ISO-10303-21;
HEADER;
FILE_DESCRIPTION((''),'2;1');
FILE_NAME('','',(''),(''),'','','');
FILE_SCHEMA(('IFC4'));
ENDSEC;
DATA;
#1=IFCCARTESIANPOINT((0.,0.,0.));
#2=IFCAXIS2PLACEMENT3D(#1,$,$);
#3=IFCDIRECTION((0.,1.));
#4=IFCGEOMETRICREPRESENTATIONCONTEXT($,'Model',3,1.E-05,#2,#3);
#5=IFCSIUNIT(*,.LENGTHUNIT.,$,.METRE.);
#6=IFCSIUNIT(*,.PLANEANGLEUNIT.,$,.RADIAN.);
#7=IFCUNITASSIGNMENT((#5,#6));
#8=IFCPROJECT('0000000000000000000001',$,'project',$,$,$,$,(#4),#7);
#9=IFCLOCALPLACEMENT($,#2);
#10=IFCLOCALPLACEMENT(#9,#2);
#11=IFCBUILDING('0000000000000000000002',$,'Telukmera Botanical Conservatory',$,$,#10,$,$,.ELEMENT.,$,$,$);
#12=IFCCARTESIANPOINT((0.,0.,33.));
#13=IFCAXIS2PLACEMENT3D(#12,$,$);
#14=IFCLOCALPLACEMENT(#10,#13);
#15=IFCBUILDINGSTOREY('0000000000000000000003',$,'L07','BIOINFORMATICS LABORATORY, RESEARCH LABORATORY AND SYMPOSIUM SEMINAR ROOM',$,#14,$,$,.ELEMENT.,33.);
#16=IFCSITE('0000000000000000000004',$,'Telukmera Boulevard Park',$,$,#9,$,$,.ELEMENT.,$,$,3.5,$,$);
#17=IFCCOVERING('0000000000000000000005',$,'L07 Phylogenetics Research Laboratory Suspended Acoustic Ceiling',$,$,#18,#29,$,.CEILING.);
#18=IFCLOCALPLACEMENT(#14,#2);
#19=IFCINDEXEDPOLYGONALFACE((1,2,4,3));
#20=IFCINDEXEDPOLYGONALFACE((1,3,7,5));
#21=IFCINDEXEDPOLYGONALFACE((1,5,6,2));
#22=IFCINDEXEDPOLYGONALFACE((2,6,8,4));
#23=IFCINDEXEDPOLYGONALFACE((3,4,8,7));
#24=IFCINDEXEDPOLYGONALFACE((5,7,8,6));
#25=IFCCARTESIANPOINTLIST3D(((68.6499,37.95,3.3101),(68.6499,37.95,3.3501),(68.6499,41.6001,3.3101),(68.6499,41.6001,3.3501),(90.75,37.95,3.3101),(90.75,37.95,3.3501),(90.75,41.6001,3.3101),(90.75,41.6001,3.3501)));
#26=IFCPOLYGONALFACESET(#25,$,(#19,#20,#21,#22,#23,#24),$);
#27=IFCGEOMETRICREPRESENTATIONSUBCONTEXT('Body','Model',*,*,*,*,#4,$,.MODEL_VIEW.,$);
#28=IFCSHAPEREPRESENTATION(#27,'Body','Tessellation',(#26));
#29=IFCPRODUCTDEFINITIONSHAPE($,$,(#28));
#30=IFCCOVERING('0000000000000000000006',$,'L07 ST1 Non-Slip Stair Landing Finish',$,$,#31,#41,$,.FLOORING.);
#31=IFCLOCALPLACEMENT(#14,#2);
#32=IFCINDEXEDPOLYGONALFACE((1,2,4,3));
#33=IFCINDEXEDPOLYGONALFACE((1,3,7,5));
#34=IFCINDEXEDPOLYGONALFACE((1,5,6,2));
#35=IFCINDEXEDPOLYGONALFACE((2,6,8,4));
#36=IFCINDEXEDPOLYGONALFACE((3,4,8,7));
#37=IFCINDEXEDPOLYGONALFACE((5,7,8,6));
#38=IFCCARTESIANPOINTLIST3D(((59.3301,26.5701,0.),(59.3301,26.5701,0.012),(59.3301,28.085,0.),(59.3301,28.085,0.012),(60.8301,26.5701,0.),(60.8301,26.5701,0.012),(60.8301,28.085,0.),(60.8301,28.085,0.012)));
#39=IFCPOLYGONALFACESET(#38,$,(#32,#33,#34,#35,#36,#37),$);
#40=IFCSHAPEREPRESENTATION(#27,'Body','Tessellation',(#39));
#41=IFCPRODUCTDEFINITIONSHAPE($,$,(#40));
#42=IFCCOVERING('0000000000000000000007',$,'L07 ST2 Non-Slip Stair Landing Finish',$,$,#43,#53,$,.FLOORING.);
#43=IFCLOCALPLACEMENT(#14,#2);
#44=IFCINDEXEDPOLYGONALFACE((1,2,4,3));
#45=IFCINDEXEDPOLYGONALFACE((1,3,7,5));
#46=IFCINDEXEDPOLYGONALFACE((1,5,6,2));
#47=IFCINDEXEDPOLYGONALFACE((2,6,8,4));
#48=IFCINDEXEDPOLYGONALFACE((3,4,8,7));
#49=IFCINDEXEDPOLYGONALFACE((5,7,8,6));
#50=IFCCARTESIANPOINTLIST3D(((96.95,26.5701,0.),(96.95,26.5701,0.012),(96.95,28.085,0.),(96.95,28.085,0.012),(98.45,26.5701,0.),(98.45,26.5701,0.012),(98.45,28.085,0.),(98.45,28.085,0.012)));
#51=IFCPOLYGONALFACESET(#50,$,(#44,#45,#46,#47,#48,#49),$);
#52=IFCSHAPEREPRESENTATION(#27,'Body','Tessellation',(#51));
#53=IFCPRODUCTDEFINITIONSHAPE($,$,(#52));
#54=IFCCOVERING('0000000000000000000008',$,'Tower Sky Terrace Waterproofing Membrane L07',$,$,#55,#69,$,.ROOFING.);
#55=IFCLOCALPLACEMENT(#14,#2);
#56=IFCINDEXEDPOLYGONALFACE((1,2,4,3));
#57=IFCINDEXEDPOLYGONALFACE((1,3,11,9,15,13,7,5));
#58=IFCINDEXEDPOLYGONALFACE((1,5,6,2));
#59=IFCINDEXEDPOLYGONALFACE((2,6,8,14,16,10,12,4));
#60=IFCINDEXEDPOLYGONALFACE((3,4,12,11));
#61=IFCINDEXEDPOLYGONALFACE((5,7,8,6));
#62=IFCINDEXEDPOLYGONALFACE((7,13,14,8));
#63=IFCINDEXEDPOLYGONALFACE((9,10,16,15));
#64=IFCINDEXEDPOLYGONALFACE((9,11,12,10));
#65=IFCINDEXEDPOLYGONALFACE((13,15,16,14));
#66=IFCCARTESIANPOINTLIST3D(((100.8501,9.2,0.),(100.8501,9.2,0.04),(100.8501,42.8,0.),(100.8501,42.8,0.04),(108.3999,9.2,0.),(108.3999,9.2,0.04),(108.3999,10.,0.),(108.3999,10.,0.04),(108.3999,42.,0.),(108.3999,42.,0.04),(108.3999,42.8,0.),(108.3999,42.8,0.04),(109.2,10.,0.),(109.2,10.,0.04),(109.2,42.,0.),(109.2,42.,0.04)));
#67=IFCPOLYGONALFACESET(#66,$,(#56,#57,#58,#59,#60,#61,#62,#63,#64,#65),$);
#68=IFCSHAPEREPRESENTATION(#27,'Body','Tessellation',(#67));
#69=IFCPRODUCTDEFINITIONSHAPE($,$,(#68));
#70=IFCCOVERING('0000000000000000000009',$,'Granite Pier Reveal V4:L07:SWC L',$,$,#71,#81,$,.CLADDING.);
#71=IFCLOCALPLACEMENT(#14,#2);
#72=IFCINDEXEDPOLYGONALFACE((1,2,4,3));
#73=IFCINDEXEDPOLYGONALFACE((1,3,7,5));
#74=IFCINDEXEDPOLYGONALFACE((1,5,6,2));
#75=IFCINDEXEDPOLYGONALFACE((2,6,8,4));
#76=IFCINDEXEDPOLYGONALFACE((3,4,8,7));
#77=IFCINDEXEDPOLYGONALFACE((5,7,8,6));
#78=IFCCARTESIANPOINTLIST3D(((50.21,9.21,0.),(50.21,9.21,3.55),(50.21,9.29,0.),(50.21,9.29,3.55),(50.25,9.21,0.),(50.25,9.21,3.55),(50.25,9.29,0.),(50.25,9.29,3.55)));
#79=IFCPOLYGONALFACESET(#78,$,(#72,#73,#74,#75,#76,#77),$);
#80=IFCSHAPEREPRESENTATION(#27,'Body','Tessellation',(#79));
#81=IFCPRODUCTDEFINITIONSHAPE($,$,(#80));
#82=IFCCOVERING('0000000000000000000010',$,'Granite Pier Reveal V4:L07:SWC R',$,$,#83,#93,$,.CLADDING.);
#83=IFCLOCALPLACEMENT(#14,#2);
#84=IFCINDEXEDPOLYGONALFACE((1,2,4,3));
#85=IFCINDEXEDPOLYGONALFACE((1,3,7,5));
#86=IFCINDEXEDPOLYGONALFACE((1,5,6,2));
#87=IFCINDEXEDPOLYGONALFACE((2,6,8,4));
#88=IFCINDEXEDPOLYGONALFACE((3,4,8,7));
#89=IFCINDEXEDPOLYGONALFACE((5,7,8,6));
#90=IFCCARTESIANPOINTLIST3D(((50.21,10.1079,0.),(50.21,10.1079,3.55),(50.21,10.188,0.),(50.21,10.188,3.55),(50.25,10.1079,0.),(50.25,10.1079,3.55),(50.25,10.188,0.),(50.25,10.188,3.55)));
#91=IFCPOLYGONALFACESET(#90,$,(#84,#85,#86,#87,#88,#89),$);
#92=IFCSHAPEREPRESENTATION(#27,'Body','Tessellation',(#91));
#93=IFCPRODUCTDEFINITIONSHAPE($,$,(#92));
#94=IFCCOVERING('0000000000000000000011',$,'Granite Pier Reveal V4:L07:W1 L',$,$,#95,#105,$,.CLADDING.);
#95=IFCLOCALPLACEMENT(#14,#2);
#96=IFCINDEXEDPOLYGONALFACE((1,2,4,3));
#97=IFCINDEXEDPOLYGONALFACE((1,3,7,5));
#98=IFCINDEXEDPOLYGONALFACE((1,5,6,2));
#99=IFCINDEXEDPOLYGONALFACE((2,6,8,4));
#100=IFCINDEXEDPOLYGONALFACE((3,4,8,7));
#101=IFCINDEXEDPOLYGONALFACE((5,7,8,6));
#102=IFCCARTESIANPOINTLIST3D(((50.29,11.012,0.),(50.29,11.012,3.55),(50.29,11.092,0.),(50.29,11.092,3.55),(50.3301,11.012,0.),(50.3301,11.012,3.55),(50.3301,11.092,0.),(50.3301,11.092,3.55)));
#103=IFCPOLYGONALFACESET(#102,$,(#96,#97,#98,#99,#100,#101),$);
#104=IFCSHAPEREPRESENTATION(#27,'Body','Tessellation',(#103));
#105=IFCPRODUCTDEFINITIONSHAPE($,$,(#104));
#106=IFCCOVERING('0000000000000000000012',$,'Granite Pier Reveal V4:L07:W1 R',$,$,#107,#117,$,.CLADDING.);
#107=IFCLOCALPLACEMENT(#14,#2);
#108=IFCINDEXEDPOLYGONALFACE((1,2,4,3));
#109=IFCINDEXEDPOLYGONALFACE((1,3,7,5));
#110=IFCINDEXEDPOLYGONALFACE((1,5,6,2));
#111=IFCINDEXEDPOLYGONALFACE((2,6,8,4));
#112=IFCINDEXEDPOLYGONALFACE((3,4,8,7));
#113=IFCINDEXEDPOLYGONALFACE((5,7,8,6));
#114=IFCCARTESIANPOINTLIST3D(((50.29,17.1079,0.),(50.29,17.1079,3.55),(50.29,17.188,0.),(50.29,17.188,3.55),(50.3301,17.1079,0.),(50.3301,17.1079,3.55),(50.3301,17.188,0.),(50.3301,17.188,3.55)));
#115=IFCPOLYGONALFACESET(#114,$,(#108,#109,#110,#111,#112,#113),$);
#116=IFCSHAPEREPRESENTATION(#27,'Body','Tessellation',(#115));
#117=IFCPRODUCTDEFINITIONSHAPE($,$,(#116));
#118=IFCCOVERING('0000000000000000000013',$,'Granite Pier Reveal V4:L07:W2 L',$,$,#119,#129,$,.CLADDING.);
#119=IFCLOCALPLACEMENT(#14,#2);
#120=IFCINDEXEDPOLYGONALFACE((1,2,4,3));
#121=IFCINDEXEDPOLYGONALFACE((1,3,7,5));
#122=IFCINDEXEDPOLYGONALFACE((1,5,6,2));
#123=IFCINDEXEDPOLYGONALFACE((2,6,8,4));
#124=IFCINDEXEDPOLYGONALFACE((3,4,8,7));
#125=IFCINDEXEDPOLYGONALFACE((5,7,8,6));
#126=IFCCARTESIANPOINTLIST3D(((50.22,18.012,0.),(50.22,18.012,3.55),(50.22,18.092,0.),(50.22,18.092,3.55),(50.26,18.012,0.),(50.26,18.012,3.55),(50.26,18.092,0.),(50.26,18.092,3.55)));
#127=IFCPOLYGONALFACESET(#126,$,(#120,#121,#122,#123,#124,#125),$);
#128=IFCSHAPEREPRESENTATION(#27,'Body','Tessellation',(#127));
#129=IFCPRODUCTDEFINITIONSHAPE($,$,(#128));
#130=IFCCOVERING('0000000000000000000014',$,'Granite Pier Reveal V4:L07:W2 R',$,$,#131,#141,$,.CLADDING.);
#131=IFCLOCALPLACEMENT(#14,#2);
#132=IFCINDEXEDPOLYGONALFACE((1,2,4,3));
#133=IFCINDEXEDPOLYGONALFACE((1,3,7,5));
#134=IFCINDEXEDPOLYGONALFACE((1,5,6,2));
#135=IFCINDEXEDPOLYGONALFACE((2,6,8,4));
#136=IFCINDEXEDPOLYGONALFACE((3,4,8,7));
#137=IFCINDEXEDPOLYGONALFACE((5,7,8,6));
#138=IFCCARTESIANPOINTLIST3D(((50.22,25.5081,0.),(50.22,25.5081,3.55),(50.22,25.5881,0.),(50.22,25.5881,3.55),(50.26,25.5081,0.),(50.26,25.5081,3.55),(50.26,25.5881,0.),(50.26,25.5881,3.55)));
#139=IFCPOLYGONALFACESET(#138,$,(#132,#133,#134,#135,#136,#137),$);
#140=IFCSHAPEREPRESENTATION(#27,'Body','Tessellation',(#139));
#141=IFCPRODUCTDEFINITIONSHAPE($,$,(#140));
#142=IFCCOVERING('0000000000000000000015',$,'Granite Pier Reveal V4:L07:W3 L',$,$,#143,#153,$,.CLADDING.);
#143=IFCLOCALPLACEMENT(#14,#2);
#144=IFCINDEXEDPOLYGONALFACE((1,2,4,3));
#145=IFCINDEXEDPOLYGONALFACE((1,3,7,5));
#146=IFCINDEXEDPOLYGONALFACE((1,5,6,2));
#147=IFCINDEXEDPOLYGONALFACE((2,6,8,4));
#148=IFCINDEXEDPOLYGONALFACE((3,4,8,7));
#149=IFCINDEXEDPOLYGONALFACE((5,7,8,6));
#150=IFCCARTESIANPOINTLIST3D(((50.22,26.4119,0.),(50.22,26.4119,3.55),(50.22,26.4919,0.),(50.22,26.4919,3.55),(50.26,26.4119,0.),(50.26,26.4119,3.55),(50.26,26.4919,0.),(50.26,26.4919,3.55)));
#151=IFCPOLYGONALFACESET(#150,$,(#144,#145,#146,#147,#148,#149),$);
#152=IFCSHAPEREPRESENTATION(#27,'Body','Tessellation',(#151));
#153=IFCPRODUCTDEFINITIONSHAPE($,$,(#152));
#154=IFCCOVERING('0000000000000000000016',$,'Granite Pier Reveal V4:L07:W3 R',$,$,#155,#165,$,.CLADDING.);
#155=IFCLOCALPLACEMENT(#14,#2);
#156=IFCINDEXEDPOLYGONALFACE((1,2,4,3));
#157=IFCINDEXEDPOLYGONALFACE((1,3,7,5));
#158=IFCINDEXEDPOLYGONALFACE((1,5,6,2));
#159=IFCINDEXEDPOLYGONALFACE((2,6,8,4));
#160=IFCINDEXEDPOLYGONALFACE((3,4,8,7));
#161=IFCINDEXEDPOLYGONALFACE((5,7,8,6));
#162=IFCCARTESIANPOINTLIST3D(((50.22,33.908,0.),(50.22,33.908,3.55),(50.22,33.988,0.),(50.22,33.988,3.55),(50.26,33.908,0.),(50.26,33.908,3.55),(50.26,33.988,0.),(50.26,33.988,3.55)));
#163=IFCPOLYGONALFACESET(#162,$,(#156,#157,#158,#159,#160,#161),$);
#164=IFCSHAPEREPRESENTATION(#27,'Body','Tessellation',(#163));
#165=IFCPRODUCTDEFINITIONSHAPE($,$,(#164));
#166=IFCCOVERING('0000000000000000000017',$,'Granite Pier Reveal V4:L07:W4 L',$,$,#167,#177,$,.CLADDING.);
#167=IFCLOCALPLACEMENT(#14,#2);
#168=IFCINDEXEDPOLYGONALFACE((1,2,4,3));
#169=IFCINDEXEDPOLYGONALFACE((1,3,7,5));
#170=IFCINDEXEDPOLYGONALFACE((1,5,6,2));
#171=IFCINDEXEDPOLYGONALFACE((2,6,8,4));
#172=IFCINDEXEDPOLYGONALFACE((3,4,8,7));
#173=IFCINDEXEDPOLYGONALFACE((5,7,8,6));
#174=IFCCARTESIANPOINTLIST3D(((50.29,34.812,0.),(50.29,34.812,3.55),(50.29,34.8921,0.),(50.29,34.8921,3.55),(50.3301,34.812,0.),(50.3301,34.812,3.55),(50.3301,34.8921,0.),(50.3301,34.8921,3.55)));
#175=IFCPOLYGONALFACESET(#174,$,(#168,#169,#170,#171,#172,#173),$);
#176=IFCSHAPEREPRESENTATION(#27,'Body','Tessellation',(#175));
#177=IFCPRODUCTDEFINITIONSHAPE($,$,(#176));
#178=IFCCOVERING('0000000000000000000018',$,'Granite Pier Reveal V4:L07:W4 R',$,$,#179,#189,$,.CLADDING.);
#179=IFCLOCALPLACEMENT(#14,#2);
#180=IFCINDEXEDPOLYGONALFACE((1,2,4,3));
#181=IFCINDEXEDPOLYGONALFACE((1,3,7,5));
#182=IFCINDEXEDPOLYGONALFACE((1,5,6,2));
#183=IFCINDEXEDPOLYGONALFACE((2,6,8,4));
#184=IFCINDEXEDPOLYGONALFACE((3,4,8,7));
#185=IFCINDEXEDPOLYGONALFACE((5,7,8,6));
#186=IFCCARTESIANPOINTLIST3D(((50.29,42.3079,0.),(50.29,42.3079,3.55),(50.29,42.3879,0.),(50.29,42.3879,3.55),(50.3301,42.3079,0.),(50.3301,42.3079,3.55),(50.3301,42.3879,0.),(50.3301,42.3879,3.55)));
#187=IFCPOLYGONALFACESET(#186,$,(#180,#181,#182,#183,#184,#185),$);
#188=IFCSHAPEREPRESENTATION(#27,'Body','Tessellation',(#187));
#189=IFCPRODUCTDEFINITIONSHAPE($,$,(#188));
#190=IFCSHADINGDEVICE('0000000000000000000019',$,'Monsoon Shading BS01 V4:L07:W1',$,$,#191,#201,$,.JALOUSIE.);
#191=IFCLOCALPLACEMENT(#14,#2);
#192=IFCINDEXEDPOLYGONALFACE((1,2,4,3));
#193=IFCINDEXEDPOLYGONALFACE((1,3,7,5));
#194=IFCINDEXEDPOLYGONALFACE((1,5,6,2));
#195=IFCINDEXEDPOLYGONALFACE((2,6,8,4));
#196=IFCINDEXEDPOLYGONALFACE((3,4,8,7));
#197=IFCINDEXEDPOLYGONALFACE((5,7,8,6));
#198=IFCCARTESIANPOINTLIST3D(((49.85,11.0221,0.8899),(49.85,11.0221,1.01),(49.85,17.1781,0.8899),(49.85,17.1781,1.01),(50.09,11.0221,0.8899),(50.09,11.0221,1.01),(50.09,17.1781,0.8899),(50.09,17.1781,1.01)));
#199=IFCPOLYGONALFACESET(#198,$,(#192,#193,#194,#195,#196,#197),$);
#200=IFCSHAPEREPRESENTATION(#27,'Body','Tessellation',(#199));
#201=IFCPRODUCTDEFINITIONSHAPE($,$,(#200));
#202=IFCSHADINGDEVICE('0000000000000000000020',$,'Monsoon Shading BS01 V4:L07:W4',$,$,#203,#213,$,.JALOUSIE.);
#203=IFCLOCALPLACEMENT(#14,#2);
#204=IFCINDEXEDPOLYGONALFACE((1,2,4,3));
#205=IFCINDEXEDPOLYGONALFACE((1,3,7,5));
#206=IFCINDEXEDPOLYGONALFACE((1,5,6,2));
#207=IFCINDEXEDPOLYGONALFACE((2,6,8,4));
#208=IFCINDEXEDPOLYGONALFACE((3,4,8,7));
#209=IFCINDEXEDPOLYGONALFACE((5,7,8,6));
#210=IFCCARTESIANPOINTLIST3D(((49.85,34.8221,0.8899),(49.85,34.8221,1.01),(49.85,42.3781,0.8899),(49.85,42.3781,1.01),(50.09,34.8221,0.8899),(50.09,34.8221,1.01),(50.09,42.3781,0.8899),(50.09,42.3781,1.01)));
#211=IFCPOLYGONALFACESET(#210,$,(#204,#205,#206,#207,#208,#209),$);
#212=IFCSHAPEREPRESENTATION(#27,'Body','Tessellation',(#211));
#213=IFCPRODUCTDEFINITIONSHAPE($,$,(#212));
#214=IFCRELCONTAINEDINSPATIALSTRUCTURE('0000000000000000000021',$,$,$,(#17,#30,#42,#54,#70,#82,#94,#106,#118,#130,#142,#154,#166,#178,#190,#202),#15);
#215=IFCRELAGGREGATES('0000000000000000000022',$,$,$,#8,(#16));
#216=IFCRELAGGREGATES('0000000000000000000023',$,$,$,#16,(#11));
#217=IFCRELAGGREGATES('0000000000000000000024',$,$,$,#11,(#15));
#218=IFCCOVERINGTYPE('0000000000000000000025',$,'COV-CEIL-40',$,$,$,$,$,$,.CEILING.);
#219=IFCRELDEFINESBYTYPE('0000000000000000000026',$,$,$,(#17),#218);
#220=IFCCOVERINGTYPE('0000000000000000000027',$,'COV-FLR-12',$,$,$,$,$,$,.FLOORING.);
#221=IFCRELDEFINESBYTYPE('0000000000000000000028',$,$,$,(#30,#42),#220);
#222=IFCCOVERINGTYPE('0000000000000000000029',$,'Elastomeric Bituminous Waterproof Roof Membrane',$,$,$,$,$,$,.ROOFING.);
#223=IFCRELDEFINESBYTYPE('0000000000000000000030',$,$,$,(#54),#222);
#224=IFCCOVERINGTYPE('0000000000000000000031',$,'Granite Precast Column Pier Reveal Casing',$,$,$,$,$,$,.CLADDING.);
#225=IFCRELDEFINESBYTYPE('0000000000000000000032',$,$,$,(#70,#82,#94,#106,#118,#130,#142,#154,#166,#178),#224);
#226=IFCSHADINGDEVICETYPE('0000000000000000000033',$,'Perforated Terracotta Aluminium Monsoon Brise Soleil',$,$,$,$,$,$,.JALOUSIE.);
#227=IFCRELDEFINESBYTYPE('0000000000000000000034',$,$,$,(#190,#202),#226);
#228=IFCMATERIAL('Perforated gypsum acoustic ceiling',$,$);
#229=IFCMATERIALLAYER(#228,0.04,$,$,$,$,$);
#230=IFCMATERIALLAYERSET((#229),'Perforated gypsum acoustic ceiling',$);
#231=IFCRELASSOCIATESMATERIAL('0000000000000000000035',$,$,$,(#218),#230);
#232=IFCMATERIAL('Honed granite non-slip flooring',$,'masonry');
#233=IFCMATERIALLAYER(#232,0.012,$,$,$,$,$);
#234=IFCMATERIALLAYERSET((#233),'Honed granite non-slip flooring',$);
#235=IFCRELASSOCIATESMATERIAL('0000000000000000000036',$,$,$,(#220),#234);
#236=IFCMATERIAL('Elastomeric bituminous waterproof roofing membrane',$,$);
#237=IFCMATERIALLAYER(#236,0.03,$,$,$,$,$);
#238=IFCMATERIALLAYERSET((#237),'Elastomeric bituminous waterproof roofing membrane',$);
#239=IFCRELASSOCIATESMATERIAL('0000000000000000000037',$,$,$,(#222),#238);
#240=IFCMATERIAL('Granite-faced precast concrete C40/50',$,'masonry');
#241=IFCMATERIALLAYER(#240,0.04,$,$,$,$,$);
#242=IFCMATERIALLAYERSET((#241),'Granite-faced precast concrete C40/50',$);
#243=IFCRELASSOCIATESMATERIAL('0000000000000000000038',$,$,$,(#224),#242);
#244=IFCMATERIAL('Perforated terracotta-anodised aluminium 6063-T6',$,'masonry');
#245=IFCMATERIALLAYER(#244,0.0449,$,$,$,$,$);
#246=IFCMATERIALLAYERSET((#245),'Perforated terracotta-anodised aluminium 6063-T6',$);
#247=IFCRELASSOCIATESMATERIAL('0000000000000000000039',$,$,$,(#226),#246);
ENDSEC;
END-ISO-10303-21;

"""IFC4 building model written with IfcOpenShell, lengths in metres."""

from ifc_helpers import new_model, si_unit, direction, frame, origin, origin_2d, place, context, subcontext, project, spatial, polyline, rectangle, outline, extrude, material, layer, layer_set, type_object, element, save


model = new_model("IFC4")

# Units and contexts
model_context = context("Model", 3, precision=1e-05, world=origin(), true_north=direction((0.0, 1.0)))
body_context = subcontext(model_context, "Body", "Model", "MODEL_VIEW")
ifc_project = project(units=[si_unit("LENGTHUNIT", "METRE"), si_unit("PLANEANGLEUNIT", "RADIAN")], contexts=[model_context])

# Site, building, storey
site_placement = place(None, origin())
site = spatial("IfcSite", under=ifc_project, at=site_placement, Name="Telukmera Boulevard Park", CompositionType="ELEMENT", RefElevation=3.5)
building_placement = place(site_placement, origin())
building = spatial("IfcBuilding", under=site, at=building_placement, Name="Telukmera Botanical Conservatory", CompositionType="ELEMENT")
storey_placement = place(building_placement, frame((0.0, 0.0, 33.0)))
storey = spatial("IfcBuildingStorey", under=building, at=storey_placement, Name="L07", Description="BIOINFORMATICS LABORATORY, RESEARCH LABORATORY AND SYMPOSIUM SEMINAR ROOM", CompositionType="ELEMENT", Elevation=33.0)

# Coverings
ifc_material_1 = material(Name="Perforated gypsum acoustic ceiling")
ifc_layer_1 = layer(ifc_material_1, 0.04)
ifc_layer_set_1 = layer_set([ifc_layer_1], Name="Perforated gypsum acoustic ceiling")
covering_type_1 = type_object("IfcCoveringType", Name="COV-CEIL-40", PredefinedType="CEILING", material=ifc_layer_set_1)
covering_1_placement = place(storey_placement, frame((0.0, 0.0, 3.3101)))
element("IfcCovering", 1, at=covering_1_placement, inside=storey, type_object=covering_type_1, Name="L07 Phylogenetics Research Laboratory Suspended Acoustic Ceiling", PredefinedType="CEILING", context=body_context, shape_type="SweptSolid", body=[
    extrude(outline(polyline([(68.6499, 37.95), (90.75, 37.95), (90.75, 41.6001), (68.6499, 41.6001), (68.6499, 37.95)])), origin(), (0.0, 0.0, 1.0), 0.04),
])
ifc_material_2 = material(Name="Honed granite non-slip flooring", Category="masonry")
ifc_layer_2 = layer(ifc_material_2, 0.012)
ifc_layer_set_2 = layer_set([ifc_layer_2], Name="Honed granite non-slip flooring")
covering_type_2 = type_object("IfcCoveringType", Name="COV-FLR-12", PredefinedType="FLOORING", material=ifc_layer_set_2)
covering_2_placement = place(storey_placement, origin())
element("IfcCovering", 2, at=covering_2_placement, inside=storey, type_object=covering_type_2, Name="L07 ST1 Non-Slip Stair Landing Finish", PredefinedType="FLOORING", context=body_context, shape_type="SweptSolid", body=[
    extrude(outline(polyline([(60.8301, 26.5701), (60.8301, 28.085), (59.3301, 28.085), (59.3301, 26.5701), (60.8301, 26.5701)])), origin(), (0.0, 0.0, 1.0), 0.012),
])
covering_3_placement = place(storey_placement, origin())
element("IfcCovering", 3, at=covering_3_placement, inside=storey, type_object=covering_type_2, Name="L07 ST2 Non-Slip Stair Landing Finish", PredefinedType="FLOORING", context=body_context, shape_type="SweptSolid", body=[
    extrude(outline(polyline([(98.45, 26.5701), (98.45, 28.085), (96.95, 28.085), (96.95, 26.5701), (98.45, 26.5701)])), origin(), (0.0, 0.0, 1.0), 0.012),
])
ifc_material_3 = material(Name="Elastomeric bituminous waterproof roofing membrane")
ifc_layer_3 = layer(ifc_material_3, 0.03)
ifc_layer_set_3 = layer_set([ifc_layer_3], Name="Elastomeric bituminous waterproof roofing membrane")
covering_type_3 = type_object("IfcCoveringType", Name="Elastomeric Bituminous Waterproof Roof Membrane", PredefinedType="ROOFING", material=ifc_layer_set_3)
covering_4_placement = place(storey_placement, origin())
element("IfcCovering", 4, at=covering_4_placement, inside=storey, type_object=covering_type_3, Name="Tower Sky Terrace Waterproofing Membrane L07", PredefinedType="ROOFING", context=body_context, shape_type="SweptSolid", body=[
    extrude(outline(polyline([(100.8501, 9.2), (108.3999, 9.2), (108.3999, 10.0), (109.2, 10.0), (109.2, 42.0), (108.3999, 42.0), (108.3999, 42.8), (100.8501, 42.8), (100.8501, 9.2)])), origin(), (0.0, 0.0, 1.0), 0.04),
])
ifc_material_4 = material(Name="Granite-faced precast concrete C40/50", Category="masonry")
ifc_layer_4 = layer(ifc_material_4, 0.04)
ifc_layer_set_4 = layer_set([ifc_layer_4], Name="Granite-faced precast concrete C40/50")
covering_type_4 = type_object("IfcCoveringType", Name="Granite Precast Column Pier Reveal Casing", PredefinedType="CLADDING", material=ifc_layer_set_4)
for number, where, z_axis, x_axis, name in (
    (5, (50.23, 9.25, 0.0), (0.0, 0.0, 1.0), (0.0, 1.0, 0.0), "Granite Pier Reveal V4:L07:SWC L"),
    (6, (50.23, 10.1479, 0.0), (0.0, 0.0, 1.0), (0.0, 1.0, 0.0), "Granite Pier Reveal V4:L07:SWC R"),
    (7, (50.3101, 11.052, 0.0), (0.0, 0.0, 1.0), (0.0, 1.0, 0.0), "Granite Pier Reveal V4:L07:W1 L"),
    (8, (50.3101, 17.1479, 0.0), (0.0, 0.0, 1.0), (0.0, 1.0, 0.0), "Granite Pier Reveal V4:L07:W1 R"),
    (9, (50.24, 18.052, 0.0), (0.0, 0.0, 1.0), (0.0, 1.0, 0.0), "Granite Pier Reveal V4:L07:W2 L"),
    (10, (50.24, 25.5481, 0.0), (0.0, 0.0, 1.0), (0.0, 1.0, 0.0), "Granite Pier Reveal V4:L07:W2 R"),
    (11, (50.24, 26.4519, 0.0), (0.0, 0.0, 1.0), (0.0, 1.0, 0.0), "Granite Pier Reveal V4:L07:W3 L"),
    (12, (50.24, 33.948, 0.0), (0.0, 0.0, 1.0), (0.0, 1.0, 0.0), "Granite Pier Reveal V4:L07:W3 R"),
    (13, (50.3101, 34.8521, 0.0), (0.0, 0.0, 1.0), (0.0, 1.0, 0.0), "Granite Pier Reveal V4:L07:W4 L"),
    (14, (50.3101, 42.3479, 0.0), (0.0, 0.0, 1.0), (0.0, 1.0, 0.0), "Granite Pier Reveal V4:L07:W4 R"),
):
    element("IfcCovering", number, at=place(storey_placement, frame(where, z_axis=z_axis, x_axis=x_axis)), inside=storey, type_object=covering_type_4, Name=name, PredefinedType="CLADDING", context=body_context, shape_type="SweptSolid", body=[
        extrude(rectangle(XDim=0.0801, YDim=0.04, at=origin_2d()), origin(), (0.0, 0.0, 1.0), 3.55),
    ])

# Shading devices
ifc_material_5 = material(Name="Perforated terracotta-anodised aluminium 6063-T6", Category="masonry")
ifc_layer_5 = layer(ifc_material_5, 0.0449)
ifc_layer_set_5 = layer_set([ifc_layer_5], Name="Perforated terracotta-anodised aluminium 6063-T6")
shading_device_type = type_object("IfcShadingDeviceType", Name="Perforated Terracotta Aluminium Monsoon Brise Soleil", PredefinedType="JALOUSIE", material=ifc_layer_set_5)
shading_device_1_placement = place(storey_placement, frame((49.97, 14.1001, 0.8899), z_axis=(0.0, 0.0, 1.0), x_axis=(0.0, 1.0, 0.0)))
element("IfcShadingDevice", 15, at=shading_device_1_placement, inside=storey, type_object=shading_device_type, Name="Monsoon Shading BS01 V4:L07:W1", PredefinedType="JALOUSIE", context=body_context, shape_type="SweptSolid", body=[
    extrude(rectangle(XDim=6.156, YDim=0.24, at=origin_2d()), origin(), (0.0, 0.0, 1.0), 0.1201),
])
shading_device_2_placement = place(storey_placement, frame((49.97, 38.6001, 0.8899), z_axis=(0.0, 0.0, 1.0), x_axis=(0.0, 1.0, 0.0)))
element("IfcShadingDevice", 16, at=shading_device_2_placement, inside=storey, type_object=shading_device_type, Name="Monsoon Shading BS01 V4:L07:W4", PredefinedType="JALOUSIE", context=body_context, shape_type="SweptSolid", body=[
    extrude(rectangle(XDim=7.5559, YDim=0.24, at=origin_2d()), origin(), (0.0, 0.0, 1.0), 0.1201),
])

save(model, "model.ifc")
